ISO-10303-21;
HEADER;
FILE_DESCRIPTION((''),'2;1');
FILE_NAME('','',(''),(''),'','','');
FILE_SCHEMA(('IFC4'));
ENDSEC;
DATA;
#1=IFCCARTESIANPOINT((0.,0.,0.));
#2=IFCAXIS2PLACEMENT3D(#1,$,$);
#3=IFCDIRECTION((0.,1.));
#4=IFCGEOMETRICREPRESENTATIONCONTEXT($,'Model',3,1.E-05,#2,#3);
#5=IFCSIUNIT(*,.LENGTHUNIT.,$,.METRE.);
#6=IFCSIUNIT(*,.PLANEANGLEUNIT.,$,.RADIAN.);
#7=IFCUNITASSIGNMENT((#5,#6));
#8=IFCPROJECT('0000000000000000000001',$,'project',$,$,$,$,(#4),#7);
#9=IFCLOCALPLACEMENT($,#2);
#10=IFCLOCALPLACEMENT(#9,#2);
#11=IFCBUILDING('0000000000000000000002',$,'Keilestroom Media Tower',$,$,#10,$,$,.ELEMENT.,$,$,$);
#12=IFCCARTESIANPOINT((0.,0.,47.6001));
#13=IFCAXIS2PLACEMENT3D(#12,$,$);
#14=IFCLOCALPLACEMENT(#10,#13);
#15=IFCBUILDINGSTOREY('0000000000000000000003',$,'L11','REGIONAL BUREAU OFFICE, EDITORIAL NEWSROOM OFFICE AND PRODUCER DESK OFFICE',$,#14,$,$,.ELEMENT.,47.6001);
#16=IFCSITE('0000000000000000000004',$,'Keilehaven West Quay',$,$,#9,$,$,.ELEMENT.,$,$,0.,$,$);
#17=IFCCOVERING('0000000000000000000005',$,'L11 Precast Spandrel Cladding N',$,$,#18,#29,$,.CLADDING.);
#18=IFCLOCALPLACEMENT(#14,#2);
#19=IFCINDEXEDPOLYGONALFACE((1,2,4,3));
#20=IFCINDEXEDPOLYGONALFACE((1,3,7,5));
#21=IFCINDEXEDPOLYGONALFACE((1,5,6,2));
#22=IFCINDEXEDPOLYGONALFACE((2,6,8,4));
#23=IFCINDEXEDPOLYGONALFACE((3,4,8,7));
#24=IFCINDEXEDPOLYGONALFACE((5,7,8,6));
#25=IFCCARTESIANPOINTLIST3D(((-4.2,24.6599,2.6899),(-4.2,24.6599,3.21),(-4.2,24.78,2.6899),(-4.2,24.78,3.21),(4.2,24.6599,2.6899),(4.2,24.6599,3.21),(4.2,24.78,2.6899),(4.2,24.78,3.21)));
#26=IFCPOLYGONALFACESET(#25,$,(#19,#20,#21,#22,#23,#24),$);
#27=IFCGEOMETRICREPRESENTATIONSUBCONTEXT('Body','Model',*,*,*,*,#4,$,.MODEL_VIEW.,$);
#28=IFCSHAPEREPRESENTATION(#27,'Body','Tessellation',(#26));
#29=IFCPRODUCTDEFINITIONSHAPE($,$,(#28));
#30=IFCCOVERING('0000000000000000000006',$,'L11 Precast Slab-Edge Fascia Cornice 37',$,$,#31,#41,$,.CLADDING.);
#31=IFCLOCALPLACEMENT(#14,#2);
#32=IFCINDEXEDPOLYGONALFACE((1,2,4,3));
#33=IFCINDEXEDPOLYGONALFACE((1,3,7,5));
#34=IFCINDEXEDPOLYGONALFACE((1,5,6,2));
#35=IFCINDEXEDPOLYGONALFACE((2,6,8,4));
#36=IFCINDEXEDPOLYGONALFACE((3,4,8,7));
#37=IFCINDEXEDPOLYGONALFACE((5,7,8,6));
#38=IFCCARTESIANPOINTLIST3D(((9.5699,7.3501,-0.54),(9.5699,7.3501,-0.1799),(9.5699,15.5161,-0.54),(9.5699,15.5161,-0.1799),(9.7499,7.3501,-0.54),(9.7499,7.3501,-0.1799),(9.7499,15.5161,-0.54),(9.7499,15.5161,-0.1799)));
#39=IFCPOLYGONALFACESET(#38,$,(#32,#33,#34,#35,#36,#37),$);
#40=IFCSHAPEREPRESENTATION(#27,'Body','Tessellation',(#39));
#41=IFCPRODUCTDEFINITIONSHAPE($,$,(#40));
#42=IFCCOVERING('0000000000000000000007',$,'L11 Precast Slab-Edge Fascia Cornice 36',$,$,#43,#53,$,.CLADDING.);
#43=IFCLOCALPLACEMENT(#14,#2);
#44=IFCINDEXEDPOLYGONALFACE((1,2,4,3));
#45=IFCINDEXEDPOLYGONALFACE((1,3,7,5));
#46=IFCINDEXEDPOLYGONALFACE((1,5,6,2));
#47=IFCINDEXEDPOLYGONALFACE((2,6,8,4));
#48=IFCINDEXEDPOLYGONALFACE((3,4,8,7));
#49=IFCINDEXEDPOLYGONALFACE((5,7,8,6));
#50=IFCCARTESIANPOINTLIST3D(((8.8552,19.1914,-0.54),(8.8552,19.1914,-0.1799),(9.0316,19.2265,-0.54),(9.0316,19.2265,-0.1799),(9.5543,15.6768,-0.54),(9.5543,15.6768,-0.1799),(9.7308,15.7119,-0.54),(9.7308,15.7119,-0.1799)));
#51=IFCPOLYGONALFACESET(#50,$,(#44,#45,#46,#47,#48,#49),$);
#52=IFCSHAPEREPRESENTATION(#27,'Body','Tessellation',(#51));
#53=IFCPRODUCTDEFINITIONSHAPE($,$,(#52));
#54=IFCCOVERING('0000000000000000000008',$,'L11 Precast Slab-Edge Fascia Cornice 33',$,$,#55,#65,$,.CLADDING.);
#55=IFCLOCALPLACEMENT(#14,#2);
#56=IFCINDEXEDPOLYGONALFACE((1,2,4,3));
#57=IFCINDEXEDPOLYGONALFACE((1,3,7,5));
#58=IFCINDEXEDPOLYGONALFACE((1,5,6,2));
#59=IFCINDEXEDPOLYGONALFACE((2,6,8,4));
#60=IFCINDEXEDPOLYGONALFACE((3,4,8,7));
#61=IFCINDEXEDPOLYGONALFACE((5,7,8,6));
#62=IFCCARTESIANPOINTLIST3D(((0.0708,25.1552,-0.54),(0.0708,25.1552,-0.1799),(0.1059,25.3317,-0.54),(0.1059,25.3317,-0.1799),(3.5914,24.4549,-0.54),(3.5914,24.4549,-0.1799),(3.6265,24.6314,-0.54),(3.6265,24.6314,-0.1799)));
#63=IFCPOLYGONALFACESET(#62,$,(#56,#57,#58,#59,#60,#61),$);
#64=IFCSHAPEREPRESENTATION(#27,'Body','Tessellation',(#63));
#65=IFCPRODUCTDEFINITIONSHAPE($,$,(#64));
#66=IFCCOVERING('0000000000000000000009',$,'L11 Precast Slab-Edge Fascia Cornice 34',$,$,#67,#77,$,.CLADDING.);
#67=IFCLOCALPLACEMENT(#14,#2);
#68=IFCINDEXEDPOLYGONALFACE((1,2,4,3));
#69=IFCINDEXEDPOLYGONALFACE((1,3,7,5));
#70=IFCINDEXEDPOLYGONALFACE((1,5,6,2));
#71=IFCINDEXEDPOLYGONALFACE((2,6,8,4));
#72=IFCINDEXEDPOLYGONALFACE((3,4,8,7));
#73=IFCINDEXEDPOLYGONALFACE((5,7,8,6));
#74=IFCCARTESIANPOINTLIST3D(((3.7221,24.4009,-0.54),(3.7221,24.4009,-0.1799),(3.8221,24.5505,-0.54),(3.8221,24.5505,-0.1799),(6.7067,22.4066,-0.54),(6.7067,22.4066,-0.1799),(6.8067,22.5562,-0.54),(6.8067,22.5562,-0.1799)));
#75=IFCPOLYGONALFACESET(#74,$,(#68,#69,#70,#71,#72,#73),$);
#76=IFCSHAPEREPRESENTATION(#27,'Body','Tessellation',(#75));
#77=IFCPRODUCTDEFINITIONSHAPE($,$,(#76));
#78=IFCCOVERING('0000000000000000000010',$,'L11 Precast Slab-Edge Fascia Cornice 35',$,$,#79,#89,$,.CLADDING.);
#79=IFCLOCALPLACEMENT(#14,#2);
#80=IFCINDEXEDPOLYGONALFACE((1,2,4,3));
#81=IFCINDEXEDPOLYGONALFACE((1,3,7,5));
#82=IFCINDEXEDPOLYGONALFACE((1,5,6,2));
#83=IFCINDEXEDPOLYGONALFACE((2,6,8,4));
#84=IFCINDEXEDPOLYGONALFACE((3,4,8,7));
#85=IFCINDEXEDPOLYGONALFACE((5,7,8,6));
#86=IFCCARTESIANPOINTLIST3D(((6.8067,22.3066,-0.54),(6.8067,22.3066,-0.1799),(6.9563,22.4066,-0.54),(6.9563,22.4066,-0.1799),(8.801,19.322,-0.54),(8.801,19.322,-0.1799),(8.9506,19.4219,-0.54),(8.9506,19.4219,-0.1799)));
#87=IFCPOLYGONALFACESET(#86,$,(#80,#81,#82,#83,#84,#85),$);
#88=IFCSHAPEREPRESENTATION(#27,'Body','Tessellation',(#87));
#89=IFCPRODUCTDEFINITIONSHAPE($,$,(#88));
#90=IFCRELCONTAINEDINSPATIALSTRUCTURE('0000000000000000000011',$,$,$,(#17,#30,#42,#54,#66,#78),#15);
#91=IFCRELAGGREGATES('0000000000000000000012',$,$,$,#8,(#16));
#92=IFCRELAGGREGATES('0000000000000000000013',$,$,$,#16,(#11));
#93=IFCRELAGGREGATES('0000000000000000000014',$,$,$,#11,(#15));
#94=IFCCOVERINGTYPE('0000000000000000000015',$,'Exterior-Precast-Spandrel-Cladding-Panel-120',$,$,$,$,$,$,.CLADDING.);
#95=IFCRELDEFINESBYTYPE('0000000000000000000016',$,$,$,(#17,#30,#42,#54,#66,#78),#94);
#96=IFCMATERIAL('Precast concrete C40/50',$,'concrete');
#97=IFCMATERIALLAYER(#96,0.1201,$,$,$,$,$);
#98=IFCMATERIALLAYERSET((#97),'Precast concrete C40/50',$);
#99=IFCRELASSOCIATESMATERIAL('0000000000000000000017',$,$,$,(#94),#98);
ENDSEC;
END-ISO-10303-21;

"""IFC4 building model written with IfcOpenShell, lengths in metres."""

from ifc_helpers import new_model, si_unit, direction, frame, origin, origin_2d, place, context, subcontext, project, spatial, rectangle, extrude, source, transform, mapped, material, layer, layer_set, type_object, element, save


model = new_model("IFC4")

# Units and contexts
model_context = context("Model", 3, precision=1e-05, world=origin(), true_north=direction((0.0, 1.0)))
body_context = subcontext(model_context, "Body", "Model", "MODEL_VIEW")
ifc_project = project(units=[si_unit("LENGTHUNIT", "METRE"), si_unit("PLANEANGLEUNIT", "RADIAN")], contexts=[model_context])

# Site, building, storey
site_placement = place(None, origin())
site = spatial("IfcSite", under=ifc_project, at=site_placement, Name="Keilehaven West Quay", CompositionType="ELEMENT", RefElevation=0.0)
building_placement = place(site_placement, origin())
building = spatial("IfcBuilding", under=site, at=building_placement, Name="Keilestroom Media Tower", CompositionType="ELEMENT")
storey_placement = place(building_placement, frame((0.0, 0.0, 47.6001)))
storey = spatial("IfcBuildingStorey", under=building, at=storey_placement, Name="L11", Description="REGIONAL BUREAU OFFICE, EDITORIAL NEWSROOM OFFICE AND PRODUCER DESK OFFICE", CompositionType="ELEMENT", Elevation=47.6001)

# Shared definitions
ifc_material_1 = material(Name="Precast concrete C40/50", Category="concrete")

# Coverings
ifc_layer_1 = layer(ifc_material_1, 0.1201)
ifc_layer_set_1 = layer_set([ifc_layer_1], Name="Precast concrete C40/50")
covering_type = type_object("IfcCoveringType", Name="Exterior-Precast-Spandrel-Cladding-Panel-120", PredefinedType="CLADDING", material=ifc_layer_set_1)
shared_shape_1 = source(origin(), body_context, "Body", "SweptSolid", [
    extrude(rectangle(XDim=8.3999, YDim=0.1201, at=origin_2d()), origin(), (0.0, 0.0, 1.0), 0.52),
])
covering_1_placement = place(storey_placement, frame((0.0, 24.72, 2.6899), z_axis=(0.0, 0.0, 1.0), x_axis=(1.0, 0.0, 0.0)))
element("IfcCovering", 1, at=covering_1_placement, inside=storey, type_object=covering_type, Name="L11 Precast Spandrel Cladding N", PredefinedType="CLADDING", context=body_context, shape_type="MappedRepresentation", body=[
    mapped(shared_shape_1, transform((0.0, 0.0, 0.0), x_axis=(1.0, 0.0, 0.0), y_axis=(0.0, 1.0, 0.0), z_axis=(0.0, 0.0, 1.0), scale=1.0)),
])
shared_shape_2 = source(origin(), body_context, "Body", "SweptSolid", [
    extrude(rectangle(XDim=8.166, YDim=0.1799, at=origin_2d()), origin(), (0.0, 0.0, 1.0), 0.3601),
])
covering_2_placement = place(storey_placement, frame((9.6599, 11.4331, -0.54), z_axis=(0.0, 0.0, 1.0), x_axis=(0.0, -1.0, 0.0)))
element("IfcCovering", 2, at=covering_2_placement, inside=storey, type_object=covering_type, Name="L11 Precast Slab-Edge Fascia Cornice 37", PredefinedType="CLADDING", context=body_context, shape_type="MappedRepresentation", body=[
    mapped(shared_shape_2, transform((0.0, 0.0, 0.0), x_axis=(1.0, 0.0, 0.0), y_axis=(0.0, 1.0, 0.0), z_axis=(0.0, 0.0, 1.0), scale=1.0)),
])
shared_shape_3 = source(origin(), body_context, "Body", "SweptSolid", [
    extrude(rectangle(XDim=3.5835, YDim=0.1799, at=origin_2d()), origin(), (0.0, 0.0, 1.0), 0.3601),
])
covering_3_placement = place(storey_placement, frame((9.293, 17.4517, -0.54), z_axis=(0.0, 0.0, 1.0), x_axis=(0.195099, -0.980784, 0.0)))
element("IfcCovering", 3, at=covering_3_placement, inside=storey, type_object=covering_type, Name="L11 Precast Slab-Edge Fascia Cornice 36", PredefinedType="CLADDING", context=body_context, shape_type="MappedRepresentation", body=[
    mapped(shared_shape_3, transform((0.0, 0.0, 0.0), x_axis=(1.0, 0.0, 0.0), y_axis=(0.0, 1.0, 0.0), z_axis=(0.0, 0.0, 1.0), scale=1.0)),
])
shared_shape_4 = source(origin(), body_context, "Body", "SweptSolid", [
    extrude(rectangle(XDim=3.5896, YDim=0.1799, at=origin_2d()), origin(), (0.0, 0.0, 1.0), 0.3601),
])
for number, where, z_axis, x_axis, name in (
    (4, (1.8486, 24.8933, -0.54), (0.0, 0.0, 1.0), (0.980784, -0.195099, 0.0), "L11 Precast Slab-Edge Fascia Cornice 33"),
    (5, (5.2644, 23.4785, -0.54), (0.0, 0.0, 1.0), (0.831467, -0.555575, 0.0), "L11 Precast Slab-Edge Fascia Cornice 34"),
    (6, (7.8787, 20.8643, -0.54), (0.0, 0.0, 1.0), (0.555575, -0.831467, 0.0), "L11 Precast Slab-Edge Fascia Cornice 35"),
):
    element("IfcCovering", number, at=place(storey_placement, frame(where, z_axis=z_axis, x_axis=x_axis)), inside=storey, type_object=covering_type, Name=name, PredefinedType="CLADDING", context=body_context, shape_type="MappedRepresentation", body=[
        mapped(shared_shape_4, transform((0.0, 0.0, 0.0), x_axis=(1.0, 0.0, 0.0), y_axis=(0.0, 1.0, 0.0), z_axis=(0.0, 0.0, 1.0), scale=1.0)),
    ])

save(model, "model.ifc")
